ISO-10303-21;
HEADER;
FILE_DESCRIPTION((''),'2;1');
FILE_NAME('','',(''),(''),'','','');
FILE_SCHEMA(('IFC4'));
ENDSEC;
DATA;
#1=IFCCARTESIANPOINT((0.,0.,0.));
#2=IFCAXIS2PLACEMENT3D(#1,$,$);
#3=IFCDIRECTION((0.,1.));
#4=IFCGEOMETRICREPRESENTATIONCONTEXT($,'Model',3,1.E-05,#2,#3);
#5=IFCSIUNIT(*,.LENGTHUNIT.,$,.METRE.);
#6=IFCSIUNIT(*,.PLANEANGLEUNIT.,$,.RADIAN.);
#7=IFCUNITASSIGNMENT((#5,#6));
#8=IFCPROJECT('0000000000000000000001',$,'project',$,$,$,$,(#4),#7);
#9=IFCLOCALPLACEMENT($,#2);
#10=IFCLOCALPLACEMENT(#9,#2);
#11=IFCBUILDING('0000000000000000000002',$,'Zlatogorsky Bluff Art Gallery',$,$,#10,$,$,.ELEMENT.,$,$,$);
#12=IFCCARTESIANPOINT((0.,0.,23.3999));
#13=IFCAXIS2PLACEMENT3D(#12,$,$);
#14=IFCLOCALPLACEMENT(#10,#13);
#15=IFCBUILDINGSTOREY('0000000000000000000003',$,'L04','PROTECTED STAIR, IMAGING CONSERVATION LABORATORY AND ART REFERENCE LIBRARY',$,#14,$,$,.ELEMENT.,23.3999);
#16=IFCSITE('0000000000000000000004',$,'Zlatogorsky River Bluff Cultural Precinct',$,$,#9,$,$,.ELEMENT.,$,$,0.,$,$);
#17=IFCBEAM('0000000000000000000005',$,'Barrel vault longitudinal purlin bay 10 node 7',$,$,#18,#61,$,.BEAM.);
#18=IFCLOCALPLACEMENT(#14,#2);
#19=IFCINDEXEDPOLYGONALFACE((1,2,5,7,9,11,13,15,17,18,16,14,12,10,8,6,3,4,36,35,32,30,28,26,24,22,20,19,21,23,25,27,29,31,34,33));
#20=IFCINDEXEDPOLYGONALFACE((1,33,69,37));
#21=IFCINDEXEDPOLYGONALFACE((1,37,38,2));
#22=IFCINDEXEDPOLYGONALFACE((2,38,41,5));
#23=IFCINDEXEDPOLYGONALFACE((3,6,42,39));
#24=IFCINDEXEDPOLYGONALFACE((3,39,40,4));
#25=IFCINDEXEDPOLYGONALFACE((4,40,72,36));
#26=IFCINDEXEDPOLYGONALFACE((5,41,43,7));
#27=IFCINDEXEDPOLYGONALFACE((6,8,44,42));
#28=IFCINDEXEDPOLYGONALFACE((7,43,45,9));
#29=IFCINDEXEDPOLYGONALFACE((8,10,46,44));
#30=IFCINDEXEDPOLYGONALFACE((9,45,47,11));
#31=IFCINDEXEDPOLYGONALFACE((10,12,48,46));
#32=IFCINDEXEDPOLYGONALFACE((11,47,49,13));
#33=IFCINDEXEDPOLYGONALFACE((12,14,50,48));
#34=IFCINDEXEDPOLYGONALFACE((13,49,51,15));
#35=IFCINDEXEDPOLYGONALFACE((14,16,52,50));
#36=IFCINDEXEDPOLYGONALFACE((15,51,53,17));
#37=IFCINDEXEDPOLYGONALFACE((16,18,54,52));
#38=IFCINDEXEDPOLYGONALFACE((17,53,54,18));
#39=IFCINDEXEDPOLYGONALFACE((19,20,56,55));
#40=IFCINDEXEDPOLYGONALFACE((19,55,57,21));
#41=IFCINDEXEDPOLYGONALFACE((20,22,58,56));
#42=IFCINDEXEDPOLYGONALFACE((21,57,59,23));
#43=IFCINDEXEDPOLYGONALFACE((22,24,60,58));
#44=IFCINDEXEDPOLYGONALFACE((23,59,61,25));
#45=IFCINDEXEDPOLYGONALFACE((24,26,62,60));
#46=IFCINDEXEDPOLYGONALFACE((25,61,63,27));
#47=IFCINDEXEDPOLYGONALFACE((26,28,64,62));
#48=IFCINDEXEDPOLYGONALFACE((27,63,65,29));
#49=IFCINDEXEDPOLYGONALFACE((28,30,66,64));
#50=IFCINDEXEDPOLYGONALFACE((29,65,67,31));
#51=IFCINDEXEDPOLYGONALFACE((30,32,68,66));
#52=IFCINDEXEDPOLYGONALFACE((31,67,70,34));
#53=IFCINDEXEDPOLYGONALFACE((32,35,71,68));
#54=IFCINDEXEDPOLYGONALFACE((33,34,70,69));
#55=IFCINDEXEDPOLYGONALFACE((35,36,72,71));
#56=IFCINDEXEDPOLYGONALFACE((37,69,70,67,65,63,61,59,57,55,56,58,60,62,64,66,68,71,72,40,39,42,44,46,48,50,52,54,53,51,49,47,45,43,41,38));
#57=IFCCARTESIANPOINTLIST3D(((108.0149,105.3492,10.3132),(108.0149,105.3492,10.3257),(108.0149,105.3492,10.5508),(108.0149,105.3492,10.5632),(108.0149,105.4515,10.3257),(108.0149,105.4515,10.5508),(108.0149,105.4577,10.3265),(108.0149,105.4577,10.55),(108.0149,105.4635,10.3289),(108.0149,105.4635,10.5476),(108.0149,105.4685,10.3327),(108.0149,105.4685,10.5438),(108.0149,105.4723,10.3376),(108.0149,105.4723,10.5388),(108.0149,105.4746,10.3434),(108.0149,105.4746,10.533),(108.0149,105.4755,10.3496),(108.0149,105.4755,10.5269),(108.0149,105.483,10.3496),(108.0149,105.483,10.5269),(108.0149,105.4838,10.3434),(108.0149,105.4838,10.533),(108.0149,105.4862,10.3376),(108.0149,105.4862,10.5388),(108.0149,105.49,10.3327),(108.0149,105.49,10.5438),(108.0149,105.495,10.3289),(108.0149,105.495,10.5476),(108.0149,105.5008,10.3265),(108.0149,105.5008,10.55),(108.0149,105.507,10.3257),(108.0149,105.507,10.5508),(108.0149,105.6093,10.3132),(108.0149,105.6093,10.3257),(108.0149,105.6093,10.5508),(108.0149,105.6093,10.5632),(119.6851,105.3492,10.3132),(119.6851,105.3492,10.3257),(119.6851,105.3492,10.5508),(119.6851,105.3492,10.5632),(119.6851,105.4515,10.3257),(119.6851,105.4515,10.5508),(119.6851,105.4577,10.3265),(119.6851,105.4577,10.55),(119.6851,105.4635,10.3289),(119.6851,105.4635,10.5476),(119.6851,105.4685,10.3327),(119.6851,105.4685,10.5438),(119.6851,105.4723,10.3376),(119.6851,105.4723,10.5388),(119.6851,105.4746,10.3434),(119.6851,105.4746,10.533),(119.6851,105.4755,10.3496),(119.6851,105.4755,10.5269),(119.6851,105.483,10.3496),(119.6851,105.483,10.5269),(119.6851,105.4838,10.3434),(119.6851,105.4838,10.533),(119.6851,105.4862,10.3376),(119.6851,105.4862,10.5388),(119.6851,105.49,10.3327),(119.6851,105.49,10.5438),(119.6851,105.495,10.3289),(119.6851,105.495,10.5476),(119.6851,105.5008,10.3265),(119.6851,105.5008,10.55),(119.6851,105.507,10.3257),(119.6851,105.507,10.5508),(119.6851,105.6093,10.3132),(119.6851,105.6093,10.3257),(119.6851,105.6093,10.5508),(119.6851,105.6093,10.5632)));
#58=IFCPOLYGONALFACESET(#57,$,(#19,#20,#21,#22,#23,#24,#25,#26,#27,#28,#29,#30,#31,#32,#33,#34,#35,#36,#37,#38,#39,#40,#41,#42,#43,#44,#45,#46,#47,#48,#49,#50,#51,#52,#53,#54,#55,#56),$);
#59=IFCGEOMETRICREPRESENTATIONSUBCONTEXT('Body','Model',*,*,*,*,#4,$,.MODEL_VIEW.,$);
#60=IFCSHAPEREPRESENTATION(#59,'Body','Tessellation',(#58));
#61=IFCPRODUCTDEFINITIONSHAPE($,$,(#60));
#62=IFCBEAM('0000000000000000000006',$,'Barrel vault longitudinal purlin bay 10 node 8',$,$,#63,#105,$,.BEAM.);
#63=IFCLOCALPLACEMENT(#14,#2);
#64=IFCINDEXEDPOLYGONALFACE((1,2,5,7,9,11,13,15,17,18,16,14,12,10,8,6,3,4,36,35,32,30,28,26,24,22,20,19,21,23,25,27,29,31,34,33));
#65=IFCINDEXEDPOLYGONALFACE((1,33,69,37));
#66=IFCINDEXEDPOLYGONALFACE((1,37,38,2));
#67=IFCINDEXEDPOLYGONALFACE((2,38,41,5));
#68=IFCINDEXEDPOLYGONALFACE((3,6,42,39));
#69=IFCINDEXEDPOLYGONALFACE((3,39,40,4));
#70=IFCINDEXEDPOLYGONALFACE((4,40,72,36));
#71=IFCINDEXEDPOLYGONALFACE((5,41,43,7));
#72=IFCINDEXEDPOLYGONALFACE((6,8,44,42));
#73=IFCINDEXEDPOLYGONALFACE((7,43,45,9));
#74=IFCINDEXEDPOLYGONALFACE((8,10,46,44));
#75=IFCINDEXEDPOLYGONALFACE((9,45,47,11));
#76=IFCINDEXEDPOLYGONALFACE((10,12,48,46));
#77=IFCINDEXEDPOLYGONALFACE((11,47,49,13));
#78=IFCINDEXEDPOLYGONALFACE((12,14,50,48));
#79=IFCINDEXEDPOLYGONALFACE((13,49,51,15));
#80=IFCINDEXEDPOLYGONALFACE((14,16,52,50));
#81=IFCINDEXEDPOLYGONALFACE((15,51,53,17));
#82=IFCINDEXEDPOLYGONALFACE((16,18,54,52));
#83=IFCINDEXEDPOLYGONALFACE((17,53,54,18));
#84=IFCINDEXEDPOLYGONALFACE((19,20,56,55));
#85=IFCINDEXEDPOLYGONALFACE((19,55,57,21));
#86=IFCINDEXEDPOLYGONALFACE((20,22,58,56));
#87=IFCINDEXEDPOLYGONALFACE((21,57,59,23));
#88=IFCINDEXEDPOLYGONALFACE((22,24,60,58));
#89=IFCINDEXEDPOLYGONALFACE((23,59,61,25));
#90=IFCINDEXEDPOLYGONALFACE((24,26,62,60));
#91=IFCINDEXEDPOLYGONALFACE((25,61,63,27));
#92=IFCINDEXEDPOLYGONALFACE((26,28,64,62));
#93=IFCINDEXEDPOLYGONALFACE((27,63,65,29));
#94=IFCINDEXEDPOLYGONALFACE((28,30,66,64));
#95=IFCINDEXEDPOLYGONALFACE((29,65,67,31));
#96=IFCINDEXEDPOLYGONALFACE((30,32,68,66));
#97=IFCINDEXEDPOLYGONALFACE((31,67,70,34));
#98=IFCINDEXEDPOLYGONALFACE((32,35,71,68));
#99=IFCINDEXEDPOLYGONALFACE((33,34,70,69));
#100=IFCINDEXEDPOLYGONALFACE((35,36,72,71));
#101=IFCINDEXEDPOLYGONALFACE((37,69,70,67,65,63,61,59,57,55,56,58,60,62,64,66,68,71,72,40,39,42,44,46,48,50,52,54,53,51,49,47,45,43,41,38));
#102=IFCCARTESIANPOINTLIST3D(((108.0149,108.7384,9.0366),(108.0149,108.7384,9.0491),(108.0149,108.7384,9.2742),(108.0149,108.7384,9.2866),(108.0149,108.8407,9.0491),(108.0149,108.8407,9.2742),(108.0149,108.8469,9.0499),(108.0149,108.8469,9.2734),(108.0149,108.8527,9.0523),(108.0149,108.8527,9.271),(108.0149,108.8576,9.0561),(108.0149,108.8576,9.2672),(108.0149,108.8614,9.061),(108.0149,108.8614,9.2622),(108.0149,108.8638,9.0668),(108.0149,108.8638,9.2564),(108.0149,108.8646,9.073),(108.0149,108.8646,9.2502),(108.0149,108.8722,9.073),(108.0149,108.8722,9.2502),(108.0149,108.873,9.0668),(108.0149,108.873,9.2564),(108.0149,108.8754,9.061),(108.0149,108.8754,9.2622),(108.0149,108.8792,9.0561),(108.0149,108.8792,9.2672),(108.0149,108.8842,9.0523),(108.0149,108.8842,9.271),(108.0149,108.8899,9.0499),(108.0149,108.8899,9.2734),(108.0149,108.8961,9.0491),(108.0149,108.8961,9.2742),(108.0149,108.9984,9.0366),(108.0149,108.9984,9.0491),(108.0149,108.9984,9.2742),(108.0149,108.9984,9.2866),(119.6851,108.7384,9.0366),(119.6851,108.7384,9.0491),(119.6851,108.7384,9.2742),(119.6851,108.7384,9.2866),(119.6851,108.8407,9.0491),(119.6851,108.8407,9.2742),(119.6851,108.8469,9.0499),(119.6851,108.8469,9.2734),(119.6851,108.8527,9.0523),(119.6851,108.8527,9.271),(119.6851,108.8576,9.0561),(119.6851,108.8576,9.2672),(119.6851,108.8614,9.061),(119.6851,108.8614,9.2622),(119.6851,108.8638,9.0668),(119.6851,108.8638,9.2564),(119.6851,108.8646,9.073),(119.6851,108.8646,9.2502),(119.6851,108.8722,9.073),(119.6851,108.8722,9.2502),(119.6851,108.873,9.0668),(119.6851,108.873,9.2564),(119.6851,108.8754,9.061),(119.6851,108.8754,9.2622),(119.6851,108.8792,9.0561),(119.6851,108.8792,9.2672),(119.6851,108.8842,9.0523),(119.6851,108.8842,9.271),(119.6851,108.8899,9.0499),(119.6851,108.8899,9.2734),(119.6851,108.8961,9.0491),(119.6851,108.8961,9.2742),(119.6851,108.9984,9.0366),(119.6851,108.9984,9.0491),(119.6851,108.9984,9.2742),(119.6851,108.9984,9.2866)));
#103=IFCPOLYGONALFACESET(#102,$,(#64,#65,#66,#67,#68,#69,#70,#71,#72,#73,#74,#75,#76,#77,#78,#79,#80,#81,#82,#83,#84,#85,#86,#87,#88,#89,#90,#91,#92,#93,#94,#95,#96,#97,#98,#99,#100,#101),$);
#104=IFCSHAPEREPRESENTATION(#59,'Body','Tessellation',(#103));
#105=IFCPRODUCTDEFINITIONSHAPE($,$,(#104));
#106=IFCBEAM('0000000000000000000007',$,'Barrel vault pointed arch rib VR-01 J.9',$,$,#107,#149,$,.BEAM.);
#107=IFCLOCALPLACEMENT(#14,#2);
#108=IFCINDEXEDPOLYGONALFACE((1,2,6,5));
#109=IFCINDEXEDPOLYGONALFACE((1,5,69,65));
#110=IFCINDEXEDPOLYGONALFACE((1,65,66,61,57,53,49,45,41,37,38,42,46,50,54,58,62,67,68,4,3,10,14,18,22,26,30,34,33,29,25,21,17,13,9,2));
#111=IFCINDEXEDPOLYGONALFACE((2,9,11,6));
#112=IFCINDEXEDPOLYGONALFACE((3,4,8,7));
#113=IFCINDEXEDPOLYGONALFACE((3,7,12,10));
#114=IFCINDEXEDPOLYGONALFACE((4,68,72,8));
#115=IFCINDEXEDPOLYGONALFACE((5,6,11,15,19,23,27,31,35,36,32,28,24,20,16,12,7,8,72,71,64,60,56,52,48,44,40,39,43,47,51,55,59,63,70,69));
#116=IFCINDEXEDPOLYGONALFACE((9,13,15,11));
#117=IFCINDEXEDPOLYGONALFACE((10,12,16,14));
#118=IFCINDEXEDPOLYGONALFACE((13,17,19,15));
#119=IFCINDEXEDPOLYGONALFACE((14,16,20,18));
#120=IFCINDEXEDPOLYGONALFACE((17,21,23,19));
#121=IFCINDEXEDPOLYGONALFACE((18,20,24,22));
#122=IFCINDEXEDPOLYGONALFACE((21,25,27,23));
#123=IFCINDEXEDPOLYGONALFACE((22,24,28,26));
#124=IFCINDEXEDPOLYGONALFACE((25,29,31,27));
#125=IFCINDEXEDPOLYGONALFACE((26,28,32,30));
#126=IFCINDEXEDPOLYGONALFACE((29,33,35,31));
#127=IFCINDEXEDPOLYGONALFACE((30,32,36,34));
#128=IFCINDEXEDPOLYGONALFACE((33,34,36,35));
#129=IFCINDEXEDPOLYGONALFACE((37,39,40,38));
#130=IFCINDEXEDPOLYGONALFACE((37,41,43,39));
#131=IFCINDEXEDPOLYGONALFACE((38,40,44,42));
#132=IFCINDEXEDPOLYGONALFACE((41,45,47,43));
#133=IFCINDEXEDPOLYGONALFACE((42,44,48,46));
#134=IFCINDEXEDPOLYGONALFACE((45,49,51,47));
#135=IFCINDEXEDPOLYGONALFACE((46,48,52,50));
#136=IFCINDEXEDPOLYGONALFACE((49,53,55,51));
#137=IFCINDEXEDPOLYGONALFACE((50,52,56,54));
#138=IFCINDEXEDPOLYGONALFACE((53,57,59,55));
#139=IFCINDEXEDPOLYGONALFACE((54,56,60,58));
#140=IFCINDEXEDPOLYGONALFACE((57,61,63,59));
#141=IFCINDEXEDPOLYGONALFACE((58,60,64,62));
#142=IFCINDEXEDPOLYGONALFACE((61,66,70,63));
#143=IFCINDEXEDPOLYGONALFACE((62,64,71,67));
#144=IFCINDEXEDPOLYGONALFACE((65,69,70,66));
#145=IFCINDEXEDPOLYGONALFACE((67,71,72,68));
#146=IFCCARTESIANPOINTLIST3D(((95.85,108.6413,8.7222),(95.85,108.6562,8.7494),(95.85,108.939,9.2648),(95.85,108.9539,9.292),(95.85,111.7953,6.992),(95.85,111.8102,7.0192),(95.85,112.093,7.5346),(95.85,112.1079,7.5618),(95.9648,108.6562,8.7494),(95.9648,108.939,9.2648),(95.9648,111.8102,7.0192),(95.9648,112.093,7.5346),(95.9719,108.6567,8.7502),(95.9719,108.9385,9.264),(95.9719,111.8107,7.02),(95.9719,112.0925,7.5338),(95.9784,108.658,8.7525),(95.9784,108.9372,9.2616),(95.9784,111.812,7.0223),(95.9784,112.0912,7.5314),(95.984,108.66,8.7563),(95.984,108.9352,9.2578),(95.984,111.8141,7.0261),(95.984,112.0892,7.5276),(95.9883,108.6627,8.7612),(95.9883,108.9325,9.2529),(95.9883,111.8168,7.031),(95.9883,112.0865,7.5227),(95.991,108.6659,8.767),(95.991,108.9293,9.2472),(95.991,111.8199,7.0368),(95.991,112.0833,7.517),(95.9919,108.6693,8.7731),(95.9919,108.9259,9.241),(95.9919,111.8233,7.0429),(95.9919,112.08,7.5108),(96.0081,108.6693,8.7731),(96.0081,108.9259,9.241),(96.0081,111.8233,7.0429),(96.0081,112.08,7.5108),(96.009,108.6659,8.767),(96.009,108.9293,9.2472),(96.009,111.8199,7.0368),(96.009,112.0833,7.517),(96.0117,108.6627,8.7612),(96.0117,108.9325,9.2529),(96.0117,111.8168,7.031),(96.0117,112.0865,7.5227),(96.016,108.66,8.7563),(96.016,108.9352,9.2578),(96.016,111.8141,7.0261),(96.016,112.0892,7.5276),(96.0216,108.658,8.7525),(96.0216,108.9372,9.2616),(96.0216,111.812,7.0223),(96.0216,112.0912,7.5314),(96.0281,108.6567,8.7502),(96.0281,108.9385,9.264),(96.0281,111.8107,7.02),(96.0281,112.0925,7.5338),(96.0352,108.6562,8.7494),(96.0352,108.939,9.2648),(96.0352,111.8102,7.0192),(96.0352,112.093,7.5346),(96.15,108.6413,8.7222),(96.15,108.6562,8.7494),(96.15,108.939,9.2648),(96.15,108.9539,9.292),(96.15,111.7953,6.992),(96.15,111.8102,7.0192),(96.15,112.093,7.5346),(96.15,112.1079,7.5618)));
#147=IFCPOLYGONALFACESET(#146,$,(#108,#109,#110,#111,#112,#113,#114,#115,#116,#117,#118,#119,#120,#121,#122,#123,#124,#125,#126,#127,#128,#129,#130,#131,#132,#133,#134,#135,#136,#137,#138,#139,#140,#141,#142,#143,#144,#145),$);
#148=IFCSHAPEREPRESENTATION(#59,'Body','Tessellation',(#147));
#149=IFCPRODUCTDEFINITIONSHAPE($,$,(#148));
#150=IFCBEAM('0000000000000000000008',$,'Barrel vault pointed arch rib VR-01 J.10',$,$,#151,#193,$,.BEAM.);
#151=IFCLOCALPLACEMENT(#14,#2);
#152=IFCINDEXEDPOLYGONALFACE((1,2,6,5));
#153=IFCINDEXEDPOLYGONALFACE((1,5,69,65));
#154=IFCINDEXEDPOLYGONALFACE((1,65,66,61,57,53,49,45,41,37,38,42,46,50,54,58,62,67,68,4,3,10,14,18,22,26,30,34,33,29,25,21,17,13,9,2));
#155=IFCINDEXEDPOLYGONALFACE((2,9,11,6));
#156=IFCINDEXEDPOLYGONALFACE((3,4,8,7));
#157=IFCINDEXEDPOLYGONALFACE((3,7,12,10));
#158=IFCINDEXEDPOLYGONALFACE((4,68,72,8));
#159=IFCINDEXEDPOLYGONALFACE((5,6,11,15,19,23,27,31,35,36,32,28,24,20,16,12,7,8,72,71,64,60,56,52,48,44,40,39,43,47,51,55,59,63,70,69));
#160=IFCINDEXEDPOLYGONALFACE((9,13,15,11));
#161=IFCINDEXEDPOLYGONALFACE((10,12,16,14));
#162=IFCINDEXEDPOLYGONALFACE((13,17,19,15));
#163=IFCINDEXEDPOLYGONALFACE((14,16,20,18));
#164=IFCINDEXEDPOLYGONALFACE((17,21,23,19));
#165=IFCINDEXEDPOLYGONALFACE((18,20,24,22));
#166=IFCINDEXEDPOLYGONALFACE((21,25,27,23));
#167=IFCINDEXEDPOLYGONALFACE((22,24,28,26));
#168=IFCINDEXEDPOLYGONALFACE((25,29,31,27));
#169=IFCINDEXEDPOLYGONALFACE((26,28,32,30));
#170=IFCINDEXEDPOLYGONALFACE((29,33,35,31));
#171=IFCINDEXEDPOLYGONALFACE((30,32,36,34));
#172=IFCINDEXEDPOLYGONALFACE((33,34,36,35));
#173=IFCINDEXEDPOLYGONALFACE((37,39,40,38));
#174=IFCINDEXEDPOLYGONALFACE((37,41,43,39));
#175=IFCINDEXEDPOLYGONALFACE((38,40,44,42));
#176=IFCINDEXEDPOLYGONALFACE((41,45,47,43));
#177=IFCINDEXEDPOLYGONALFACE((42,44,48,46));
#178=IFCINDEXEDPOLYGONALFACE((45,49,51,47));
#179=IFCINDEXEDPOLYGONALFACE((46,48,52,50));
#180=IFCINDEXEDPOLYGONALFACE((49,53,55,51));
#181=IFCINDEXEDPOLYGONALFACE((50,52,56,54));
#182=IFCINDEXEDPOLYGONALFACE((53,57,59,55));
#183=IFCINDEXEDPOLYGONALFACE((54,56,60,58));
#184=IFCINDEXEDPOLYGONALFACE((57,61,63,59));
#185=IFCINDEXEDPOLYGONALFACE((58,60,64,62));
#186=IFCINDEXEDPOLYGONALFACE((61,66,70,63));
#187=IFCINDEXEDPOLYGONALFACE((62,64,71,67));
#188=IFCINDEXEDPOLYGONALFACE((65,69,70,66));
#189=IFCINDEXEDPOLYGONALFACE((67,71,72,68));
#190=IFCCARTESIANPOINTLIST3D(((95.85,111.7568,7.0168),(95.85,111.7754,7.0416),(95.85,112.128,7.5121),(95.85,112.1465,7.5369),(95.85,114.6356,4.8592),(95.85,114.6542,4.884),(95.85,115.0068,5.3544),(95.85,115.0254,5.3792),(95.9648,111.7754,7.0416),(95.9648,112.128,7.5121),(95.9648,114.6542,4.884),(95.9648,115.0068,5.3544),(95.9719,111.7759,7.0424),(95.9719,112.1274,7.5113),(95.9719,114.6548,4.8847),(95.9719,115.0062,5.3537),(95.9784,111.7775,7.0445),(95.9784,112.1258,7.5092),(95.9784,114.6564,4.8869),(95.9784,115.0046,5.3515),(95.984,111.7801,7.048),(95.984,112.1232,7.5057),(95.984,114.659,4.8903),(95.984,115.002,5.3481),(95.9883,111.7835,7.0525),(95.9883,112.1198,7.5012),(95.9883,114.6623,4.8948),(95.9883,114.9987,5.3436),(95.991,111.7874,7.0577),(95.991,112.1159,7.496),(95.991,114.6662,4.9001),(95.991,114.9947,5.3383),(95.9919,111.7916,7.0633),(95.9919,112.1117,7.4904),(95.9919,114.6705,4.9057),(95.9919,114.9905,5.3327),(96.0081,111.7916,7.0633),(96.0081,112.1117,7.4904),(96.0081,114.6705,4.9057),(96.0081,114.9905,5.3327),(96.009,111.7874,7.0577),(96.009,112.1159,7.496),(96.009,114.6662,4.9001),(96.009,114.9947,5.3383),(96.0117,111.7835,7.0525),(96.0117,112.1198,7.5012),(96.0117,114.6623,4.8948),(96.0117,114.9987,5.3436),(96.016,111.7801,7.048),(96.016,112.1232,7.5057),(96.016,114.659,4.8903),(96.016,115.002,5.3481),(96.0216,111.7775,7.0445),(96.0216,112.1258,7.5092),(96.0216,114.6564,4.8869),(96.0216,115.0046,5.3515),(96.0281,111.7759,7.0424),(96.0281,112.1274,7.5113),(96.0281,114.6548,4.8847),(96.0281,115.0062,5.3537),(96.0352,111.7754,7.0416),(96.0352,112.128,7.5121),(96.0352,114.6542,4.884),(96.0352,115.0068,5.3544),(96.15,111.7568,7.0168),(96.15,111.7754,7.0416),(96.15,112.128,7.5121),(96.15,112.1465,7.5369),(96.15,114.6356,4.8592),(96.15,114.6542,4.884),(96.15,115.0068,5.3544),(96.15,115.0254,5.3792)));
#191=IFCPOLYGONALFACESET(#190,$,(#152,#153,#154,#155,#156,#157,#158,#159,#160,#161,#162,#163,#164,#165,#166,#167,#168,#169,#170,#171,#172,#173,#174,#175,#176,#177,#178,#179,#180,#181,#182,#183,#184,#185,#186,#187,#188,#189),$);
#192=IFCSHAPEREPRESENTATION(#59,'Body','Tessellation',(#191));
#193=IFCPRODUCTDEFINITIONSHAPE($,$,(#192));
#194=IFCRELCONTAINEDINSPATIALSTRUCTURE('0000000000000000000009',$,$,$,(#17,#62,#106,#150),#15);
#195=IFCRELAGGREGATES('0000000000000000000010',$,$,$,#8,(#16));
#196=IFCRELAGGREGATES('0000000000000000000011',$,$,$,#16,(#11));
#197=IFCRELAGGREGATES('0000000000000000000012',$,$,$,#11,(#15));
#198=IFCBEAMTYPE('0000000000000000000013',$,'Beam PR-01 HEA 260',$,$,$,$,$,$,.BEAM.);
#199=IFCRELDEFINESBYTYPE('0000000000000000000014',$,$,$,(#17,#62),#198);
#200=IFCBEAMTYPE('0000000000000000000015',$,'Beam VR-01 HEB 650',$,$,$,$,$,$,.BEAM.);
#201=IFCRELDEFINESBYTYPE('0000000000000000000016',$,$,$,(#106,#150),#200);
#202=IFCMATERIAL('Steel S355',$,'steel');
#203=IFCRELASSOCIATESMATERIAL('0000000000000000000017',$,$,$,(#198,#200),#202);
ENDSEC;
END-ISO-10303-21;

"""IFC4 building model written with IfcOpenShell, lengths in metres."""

from ifc_helpers import new_model, si_unit, direction, frame, origin, origin_2d, place, context, subcontext, project, spatial, i_section, extrude, material, material_profile, profile_set, type_object, element, save


model = new_model("IFC4")

# Units and contexts
model_context = context("Model", 3, precision=1e-05, world=origin(), true_north=direction((0.0, 1.0)))
body_context = subcontext(model_context, "Body", "Model", "MODEL_VIEW")
ifc_project = project(units=[si_unit("LENGTHUNIT", "METRE"), si_unit("PLANEANGLEUNIT", "RADIAN")], contexts=[model_context])

# Site, building, storey
site_placement = place(None, origin())
site = spatial("IfcSite", under=ifc_project, at=site_placement, Name="Zlatogorsky River Bluff Cultural Precinct", CompositionType="ELEMENT", RefElevation=0.0)
building_placement = place(site_placement, origin())
building = spatial("IfcBuilding", under=site, at=building_placement, Name="Zlatogorsky Bluff Art Gallery", CompositionType="ELEMENT")
storey_placement = place(building_placement, frame((0.0, 0.0, 23.3999)))
storey = spatial("IfcBuildingStorey", under=building, at=storey_placement, Name="L04", Description="PROTECTED STAIR, IMAGING CONSERVATION LABORATORY AND ART REFERENCE LIBRARY", CompositionType="ELEMENT", Elevation=23.3999)

# Shared definitions
ifc_material_1 = material(Name="Steel S355", Category="steel")

# Beams
ifc_material_profile_1 = material_profile(ifc_material_1, i_section(OverallWidth=0.26, OverallDepth=0.25, WebThickness=0.0076, FlangeThickness=0.0125, FilletRadius=0.0239, at=origin_2d()), Name="HEA 260")
ifc_profile_set_1 = profile_set([ifc_material_profile_1], Name="Steel S355")
beam_type_1 = type_object("IfcBeamType", Name="Beam PR-01 HEA 260", PredefinedType="BEAM", material=ifc_profile_set_1)
for number, where, z_axis, x_axis, name in (
    (1, (108.0149, 105.4792, 10.4382), (1.0, 0.0, 0.0), (0.0, 1.0, 0.0), "Barrel vault longitudinal purlin bay 10 node 7"),
    (2, (108.0149, 108.8684, 9.1616), (1.0, 0.0, 0.0), (0.0, 1.0, 0.0), "Barrel vault longitudinal purlin bay 10 node 8"),
):
    element("IfcBeam", number, at=place(storey_placement, frame(where, z_axis=z_axis, x_axis=x_axis)), inside=storey, type_object=beam_type_1, Name=name, PredefinedType="BEAM", context=body_context, shape_type="SweptSolid", body=[
        extrude(i_section(OverallWidth=0.26, OverallDepth=0.25, WebThickness=0.0076, FlangeThickness=0.0125, FilletRadius=0.0239, at=origin_2d()), origin(), (0.0, 0.0, 1.0), 11.6702),
    ])
ifc_material_profile_2 = material_profile(ifc_material_1, i_section(OverallWidth=0.3, OverallDepth=0.6499, WebThickness=0.0161, FlangeThickness=0.031, FilletRadius=0.0271, at=origin_2d()), Name="HEB 650")
ifc_profile_set_2 = profile_set([ifc_material_profile_2], Name="Steel S355")
beam_type_2 = type_object("IfcBeamType", Name="Beam VR-01 HEB 650", PredefinedType="BEAM", material=ifc_profile_set_2)
beam_1_placement = place(storey_placement, frame((96.0, 108.7976, 9.0071), z_axis=(0.0, 0.876744, -0.480957), x_axis=(-1.0, 0.0, 0.0)))
element("IfcBeam", 3, at=beam_1_placement, inside=storey, type_object=beam_type_2, Name="Barrel vault pointed arch rib VR-01 J.9", PredefinedType="BEAM", context=body_context, shape_type="SweptSolid", body=[
    extrude(i_section(OverallWidth=0.3, OverallDepth=0.6499, WebThickness=0.0161, FlangeThickness=0.031, FilletRadius=0.0271, at=origin_2d()), origin(), (0.0, 0.0, 1.0), 3.5974),
])
beam_2_placement = place(storey_placement, frame((96.0, 111.9517, 7.2769), z_axis=(0.0, 0.800195, -0.599739), x_axis=(-1.0, 0.0, 0.0)))
element("IfcBeam", 4, at=beam_2_placement, inside=storey, type_object=beam_type_2, Name="Barrel vault pointed arch rib VR-01 J.10", PredefinedType="BEAM", context=body_context, shape_type="SweptSolid", body=[
    extrude(i_section(OverallWidth=0.3, OverallDepth=0.6499, WebThickness=0.0161, FlangeThickness=0.031, FilletRadius=0.0271, at=origin_2d()), origin(), (0.0, 0.0, 1.0), 3.5977),
])

save(model, "model.ifc")
